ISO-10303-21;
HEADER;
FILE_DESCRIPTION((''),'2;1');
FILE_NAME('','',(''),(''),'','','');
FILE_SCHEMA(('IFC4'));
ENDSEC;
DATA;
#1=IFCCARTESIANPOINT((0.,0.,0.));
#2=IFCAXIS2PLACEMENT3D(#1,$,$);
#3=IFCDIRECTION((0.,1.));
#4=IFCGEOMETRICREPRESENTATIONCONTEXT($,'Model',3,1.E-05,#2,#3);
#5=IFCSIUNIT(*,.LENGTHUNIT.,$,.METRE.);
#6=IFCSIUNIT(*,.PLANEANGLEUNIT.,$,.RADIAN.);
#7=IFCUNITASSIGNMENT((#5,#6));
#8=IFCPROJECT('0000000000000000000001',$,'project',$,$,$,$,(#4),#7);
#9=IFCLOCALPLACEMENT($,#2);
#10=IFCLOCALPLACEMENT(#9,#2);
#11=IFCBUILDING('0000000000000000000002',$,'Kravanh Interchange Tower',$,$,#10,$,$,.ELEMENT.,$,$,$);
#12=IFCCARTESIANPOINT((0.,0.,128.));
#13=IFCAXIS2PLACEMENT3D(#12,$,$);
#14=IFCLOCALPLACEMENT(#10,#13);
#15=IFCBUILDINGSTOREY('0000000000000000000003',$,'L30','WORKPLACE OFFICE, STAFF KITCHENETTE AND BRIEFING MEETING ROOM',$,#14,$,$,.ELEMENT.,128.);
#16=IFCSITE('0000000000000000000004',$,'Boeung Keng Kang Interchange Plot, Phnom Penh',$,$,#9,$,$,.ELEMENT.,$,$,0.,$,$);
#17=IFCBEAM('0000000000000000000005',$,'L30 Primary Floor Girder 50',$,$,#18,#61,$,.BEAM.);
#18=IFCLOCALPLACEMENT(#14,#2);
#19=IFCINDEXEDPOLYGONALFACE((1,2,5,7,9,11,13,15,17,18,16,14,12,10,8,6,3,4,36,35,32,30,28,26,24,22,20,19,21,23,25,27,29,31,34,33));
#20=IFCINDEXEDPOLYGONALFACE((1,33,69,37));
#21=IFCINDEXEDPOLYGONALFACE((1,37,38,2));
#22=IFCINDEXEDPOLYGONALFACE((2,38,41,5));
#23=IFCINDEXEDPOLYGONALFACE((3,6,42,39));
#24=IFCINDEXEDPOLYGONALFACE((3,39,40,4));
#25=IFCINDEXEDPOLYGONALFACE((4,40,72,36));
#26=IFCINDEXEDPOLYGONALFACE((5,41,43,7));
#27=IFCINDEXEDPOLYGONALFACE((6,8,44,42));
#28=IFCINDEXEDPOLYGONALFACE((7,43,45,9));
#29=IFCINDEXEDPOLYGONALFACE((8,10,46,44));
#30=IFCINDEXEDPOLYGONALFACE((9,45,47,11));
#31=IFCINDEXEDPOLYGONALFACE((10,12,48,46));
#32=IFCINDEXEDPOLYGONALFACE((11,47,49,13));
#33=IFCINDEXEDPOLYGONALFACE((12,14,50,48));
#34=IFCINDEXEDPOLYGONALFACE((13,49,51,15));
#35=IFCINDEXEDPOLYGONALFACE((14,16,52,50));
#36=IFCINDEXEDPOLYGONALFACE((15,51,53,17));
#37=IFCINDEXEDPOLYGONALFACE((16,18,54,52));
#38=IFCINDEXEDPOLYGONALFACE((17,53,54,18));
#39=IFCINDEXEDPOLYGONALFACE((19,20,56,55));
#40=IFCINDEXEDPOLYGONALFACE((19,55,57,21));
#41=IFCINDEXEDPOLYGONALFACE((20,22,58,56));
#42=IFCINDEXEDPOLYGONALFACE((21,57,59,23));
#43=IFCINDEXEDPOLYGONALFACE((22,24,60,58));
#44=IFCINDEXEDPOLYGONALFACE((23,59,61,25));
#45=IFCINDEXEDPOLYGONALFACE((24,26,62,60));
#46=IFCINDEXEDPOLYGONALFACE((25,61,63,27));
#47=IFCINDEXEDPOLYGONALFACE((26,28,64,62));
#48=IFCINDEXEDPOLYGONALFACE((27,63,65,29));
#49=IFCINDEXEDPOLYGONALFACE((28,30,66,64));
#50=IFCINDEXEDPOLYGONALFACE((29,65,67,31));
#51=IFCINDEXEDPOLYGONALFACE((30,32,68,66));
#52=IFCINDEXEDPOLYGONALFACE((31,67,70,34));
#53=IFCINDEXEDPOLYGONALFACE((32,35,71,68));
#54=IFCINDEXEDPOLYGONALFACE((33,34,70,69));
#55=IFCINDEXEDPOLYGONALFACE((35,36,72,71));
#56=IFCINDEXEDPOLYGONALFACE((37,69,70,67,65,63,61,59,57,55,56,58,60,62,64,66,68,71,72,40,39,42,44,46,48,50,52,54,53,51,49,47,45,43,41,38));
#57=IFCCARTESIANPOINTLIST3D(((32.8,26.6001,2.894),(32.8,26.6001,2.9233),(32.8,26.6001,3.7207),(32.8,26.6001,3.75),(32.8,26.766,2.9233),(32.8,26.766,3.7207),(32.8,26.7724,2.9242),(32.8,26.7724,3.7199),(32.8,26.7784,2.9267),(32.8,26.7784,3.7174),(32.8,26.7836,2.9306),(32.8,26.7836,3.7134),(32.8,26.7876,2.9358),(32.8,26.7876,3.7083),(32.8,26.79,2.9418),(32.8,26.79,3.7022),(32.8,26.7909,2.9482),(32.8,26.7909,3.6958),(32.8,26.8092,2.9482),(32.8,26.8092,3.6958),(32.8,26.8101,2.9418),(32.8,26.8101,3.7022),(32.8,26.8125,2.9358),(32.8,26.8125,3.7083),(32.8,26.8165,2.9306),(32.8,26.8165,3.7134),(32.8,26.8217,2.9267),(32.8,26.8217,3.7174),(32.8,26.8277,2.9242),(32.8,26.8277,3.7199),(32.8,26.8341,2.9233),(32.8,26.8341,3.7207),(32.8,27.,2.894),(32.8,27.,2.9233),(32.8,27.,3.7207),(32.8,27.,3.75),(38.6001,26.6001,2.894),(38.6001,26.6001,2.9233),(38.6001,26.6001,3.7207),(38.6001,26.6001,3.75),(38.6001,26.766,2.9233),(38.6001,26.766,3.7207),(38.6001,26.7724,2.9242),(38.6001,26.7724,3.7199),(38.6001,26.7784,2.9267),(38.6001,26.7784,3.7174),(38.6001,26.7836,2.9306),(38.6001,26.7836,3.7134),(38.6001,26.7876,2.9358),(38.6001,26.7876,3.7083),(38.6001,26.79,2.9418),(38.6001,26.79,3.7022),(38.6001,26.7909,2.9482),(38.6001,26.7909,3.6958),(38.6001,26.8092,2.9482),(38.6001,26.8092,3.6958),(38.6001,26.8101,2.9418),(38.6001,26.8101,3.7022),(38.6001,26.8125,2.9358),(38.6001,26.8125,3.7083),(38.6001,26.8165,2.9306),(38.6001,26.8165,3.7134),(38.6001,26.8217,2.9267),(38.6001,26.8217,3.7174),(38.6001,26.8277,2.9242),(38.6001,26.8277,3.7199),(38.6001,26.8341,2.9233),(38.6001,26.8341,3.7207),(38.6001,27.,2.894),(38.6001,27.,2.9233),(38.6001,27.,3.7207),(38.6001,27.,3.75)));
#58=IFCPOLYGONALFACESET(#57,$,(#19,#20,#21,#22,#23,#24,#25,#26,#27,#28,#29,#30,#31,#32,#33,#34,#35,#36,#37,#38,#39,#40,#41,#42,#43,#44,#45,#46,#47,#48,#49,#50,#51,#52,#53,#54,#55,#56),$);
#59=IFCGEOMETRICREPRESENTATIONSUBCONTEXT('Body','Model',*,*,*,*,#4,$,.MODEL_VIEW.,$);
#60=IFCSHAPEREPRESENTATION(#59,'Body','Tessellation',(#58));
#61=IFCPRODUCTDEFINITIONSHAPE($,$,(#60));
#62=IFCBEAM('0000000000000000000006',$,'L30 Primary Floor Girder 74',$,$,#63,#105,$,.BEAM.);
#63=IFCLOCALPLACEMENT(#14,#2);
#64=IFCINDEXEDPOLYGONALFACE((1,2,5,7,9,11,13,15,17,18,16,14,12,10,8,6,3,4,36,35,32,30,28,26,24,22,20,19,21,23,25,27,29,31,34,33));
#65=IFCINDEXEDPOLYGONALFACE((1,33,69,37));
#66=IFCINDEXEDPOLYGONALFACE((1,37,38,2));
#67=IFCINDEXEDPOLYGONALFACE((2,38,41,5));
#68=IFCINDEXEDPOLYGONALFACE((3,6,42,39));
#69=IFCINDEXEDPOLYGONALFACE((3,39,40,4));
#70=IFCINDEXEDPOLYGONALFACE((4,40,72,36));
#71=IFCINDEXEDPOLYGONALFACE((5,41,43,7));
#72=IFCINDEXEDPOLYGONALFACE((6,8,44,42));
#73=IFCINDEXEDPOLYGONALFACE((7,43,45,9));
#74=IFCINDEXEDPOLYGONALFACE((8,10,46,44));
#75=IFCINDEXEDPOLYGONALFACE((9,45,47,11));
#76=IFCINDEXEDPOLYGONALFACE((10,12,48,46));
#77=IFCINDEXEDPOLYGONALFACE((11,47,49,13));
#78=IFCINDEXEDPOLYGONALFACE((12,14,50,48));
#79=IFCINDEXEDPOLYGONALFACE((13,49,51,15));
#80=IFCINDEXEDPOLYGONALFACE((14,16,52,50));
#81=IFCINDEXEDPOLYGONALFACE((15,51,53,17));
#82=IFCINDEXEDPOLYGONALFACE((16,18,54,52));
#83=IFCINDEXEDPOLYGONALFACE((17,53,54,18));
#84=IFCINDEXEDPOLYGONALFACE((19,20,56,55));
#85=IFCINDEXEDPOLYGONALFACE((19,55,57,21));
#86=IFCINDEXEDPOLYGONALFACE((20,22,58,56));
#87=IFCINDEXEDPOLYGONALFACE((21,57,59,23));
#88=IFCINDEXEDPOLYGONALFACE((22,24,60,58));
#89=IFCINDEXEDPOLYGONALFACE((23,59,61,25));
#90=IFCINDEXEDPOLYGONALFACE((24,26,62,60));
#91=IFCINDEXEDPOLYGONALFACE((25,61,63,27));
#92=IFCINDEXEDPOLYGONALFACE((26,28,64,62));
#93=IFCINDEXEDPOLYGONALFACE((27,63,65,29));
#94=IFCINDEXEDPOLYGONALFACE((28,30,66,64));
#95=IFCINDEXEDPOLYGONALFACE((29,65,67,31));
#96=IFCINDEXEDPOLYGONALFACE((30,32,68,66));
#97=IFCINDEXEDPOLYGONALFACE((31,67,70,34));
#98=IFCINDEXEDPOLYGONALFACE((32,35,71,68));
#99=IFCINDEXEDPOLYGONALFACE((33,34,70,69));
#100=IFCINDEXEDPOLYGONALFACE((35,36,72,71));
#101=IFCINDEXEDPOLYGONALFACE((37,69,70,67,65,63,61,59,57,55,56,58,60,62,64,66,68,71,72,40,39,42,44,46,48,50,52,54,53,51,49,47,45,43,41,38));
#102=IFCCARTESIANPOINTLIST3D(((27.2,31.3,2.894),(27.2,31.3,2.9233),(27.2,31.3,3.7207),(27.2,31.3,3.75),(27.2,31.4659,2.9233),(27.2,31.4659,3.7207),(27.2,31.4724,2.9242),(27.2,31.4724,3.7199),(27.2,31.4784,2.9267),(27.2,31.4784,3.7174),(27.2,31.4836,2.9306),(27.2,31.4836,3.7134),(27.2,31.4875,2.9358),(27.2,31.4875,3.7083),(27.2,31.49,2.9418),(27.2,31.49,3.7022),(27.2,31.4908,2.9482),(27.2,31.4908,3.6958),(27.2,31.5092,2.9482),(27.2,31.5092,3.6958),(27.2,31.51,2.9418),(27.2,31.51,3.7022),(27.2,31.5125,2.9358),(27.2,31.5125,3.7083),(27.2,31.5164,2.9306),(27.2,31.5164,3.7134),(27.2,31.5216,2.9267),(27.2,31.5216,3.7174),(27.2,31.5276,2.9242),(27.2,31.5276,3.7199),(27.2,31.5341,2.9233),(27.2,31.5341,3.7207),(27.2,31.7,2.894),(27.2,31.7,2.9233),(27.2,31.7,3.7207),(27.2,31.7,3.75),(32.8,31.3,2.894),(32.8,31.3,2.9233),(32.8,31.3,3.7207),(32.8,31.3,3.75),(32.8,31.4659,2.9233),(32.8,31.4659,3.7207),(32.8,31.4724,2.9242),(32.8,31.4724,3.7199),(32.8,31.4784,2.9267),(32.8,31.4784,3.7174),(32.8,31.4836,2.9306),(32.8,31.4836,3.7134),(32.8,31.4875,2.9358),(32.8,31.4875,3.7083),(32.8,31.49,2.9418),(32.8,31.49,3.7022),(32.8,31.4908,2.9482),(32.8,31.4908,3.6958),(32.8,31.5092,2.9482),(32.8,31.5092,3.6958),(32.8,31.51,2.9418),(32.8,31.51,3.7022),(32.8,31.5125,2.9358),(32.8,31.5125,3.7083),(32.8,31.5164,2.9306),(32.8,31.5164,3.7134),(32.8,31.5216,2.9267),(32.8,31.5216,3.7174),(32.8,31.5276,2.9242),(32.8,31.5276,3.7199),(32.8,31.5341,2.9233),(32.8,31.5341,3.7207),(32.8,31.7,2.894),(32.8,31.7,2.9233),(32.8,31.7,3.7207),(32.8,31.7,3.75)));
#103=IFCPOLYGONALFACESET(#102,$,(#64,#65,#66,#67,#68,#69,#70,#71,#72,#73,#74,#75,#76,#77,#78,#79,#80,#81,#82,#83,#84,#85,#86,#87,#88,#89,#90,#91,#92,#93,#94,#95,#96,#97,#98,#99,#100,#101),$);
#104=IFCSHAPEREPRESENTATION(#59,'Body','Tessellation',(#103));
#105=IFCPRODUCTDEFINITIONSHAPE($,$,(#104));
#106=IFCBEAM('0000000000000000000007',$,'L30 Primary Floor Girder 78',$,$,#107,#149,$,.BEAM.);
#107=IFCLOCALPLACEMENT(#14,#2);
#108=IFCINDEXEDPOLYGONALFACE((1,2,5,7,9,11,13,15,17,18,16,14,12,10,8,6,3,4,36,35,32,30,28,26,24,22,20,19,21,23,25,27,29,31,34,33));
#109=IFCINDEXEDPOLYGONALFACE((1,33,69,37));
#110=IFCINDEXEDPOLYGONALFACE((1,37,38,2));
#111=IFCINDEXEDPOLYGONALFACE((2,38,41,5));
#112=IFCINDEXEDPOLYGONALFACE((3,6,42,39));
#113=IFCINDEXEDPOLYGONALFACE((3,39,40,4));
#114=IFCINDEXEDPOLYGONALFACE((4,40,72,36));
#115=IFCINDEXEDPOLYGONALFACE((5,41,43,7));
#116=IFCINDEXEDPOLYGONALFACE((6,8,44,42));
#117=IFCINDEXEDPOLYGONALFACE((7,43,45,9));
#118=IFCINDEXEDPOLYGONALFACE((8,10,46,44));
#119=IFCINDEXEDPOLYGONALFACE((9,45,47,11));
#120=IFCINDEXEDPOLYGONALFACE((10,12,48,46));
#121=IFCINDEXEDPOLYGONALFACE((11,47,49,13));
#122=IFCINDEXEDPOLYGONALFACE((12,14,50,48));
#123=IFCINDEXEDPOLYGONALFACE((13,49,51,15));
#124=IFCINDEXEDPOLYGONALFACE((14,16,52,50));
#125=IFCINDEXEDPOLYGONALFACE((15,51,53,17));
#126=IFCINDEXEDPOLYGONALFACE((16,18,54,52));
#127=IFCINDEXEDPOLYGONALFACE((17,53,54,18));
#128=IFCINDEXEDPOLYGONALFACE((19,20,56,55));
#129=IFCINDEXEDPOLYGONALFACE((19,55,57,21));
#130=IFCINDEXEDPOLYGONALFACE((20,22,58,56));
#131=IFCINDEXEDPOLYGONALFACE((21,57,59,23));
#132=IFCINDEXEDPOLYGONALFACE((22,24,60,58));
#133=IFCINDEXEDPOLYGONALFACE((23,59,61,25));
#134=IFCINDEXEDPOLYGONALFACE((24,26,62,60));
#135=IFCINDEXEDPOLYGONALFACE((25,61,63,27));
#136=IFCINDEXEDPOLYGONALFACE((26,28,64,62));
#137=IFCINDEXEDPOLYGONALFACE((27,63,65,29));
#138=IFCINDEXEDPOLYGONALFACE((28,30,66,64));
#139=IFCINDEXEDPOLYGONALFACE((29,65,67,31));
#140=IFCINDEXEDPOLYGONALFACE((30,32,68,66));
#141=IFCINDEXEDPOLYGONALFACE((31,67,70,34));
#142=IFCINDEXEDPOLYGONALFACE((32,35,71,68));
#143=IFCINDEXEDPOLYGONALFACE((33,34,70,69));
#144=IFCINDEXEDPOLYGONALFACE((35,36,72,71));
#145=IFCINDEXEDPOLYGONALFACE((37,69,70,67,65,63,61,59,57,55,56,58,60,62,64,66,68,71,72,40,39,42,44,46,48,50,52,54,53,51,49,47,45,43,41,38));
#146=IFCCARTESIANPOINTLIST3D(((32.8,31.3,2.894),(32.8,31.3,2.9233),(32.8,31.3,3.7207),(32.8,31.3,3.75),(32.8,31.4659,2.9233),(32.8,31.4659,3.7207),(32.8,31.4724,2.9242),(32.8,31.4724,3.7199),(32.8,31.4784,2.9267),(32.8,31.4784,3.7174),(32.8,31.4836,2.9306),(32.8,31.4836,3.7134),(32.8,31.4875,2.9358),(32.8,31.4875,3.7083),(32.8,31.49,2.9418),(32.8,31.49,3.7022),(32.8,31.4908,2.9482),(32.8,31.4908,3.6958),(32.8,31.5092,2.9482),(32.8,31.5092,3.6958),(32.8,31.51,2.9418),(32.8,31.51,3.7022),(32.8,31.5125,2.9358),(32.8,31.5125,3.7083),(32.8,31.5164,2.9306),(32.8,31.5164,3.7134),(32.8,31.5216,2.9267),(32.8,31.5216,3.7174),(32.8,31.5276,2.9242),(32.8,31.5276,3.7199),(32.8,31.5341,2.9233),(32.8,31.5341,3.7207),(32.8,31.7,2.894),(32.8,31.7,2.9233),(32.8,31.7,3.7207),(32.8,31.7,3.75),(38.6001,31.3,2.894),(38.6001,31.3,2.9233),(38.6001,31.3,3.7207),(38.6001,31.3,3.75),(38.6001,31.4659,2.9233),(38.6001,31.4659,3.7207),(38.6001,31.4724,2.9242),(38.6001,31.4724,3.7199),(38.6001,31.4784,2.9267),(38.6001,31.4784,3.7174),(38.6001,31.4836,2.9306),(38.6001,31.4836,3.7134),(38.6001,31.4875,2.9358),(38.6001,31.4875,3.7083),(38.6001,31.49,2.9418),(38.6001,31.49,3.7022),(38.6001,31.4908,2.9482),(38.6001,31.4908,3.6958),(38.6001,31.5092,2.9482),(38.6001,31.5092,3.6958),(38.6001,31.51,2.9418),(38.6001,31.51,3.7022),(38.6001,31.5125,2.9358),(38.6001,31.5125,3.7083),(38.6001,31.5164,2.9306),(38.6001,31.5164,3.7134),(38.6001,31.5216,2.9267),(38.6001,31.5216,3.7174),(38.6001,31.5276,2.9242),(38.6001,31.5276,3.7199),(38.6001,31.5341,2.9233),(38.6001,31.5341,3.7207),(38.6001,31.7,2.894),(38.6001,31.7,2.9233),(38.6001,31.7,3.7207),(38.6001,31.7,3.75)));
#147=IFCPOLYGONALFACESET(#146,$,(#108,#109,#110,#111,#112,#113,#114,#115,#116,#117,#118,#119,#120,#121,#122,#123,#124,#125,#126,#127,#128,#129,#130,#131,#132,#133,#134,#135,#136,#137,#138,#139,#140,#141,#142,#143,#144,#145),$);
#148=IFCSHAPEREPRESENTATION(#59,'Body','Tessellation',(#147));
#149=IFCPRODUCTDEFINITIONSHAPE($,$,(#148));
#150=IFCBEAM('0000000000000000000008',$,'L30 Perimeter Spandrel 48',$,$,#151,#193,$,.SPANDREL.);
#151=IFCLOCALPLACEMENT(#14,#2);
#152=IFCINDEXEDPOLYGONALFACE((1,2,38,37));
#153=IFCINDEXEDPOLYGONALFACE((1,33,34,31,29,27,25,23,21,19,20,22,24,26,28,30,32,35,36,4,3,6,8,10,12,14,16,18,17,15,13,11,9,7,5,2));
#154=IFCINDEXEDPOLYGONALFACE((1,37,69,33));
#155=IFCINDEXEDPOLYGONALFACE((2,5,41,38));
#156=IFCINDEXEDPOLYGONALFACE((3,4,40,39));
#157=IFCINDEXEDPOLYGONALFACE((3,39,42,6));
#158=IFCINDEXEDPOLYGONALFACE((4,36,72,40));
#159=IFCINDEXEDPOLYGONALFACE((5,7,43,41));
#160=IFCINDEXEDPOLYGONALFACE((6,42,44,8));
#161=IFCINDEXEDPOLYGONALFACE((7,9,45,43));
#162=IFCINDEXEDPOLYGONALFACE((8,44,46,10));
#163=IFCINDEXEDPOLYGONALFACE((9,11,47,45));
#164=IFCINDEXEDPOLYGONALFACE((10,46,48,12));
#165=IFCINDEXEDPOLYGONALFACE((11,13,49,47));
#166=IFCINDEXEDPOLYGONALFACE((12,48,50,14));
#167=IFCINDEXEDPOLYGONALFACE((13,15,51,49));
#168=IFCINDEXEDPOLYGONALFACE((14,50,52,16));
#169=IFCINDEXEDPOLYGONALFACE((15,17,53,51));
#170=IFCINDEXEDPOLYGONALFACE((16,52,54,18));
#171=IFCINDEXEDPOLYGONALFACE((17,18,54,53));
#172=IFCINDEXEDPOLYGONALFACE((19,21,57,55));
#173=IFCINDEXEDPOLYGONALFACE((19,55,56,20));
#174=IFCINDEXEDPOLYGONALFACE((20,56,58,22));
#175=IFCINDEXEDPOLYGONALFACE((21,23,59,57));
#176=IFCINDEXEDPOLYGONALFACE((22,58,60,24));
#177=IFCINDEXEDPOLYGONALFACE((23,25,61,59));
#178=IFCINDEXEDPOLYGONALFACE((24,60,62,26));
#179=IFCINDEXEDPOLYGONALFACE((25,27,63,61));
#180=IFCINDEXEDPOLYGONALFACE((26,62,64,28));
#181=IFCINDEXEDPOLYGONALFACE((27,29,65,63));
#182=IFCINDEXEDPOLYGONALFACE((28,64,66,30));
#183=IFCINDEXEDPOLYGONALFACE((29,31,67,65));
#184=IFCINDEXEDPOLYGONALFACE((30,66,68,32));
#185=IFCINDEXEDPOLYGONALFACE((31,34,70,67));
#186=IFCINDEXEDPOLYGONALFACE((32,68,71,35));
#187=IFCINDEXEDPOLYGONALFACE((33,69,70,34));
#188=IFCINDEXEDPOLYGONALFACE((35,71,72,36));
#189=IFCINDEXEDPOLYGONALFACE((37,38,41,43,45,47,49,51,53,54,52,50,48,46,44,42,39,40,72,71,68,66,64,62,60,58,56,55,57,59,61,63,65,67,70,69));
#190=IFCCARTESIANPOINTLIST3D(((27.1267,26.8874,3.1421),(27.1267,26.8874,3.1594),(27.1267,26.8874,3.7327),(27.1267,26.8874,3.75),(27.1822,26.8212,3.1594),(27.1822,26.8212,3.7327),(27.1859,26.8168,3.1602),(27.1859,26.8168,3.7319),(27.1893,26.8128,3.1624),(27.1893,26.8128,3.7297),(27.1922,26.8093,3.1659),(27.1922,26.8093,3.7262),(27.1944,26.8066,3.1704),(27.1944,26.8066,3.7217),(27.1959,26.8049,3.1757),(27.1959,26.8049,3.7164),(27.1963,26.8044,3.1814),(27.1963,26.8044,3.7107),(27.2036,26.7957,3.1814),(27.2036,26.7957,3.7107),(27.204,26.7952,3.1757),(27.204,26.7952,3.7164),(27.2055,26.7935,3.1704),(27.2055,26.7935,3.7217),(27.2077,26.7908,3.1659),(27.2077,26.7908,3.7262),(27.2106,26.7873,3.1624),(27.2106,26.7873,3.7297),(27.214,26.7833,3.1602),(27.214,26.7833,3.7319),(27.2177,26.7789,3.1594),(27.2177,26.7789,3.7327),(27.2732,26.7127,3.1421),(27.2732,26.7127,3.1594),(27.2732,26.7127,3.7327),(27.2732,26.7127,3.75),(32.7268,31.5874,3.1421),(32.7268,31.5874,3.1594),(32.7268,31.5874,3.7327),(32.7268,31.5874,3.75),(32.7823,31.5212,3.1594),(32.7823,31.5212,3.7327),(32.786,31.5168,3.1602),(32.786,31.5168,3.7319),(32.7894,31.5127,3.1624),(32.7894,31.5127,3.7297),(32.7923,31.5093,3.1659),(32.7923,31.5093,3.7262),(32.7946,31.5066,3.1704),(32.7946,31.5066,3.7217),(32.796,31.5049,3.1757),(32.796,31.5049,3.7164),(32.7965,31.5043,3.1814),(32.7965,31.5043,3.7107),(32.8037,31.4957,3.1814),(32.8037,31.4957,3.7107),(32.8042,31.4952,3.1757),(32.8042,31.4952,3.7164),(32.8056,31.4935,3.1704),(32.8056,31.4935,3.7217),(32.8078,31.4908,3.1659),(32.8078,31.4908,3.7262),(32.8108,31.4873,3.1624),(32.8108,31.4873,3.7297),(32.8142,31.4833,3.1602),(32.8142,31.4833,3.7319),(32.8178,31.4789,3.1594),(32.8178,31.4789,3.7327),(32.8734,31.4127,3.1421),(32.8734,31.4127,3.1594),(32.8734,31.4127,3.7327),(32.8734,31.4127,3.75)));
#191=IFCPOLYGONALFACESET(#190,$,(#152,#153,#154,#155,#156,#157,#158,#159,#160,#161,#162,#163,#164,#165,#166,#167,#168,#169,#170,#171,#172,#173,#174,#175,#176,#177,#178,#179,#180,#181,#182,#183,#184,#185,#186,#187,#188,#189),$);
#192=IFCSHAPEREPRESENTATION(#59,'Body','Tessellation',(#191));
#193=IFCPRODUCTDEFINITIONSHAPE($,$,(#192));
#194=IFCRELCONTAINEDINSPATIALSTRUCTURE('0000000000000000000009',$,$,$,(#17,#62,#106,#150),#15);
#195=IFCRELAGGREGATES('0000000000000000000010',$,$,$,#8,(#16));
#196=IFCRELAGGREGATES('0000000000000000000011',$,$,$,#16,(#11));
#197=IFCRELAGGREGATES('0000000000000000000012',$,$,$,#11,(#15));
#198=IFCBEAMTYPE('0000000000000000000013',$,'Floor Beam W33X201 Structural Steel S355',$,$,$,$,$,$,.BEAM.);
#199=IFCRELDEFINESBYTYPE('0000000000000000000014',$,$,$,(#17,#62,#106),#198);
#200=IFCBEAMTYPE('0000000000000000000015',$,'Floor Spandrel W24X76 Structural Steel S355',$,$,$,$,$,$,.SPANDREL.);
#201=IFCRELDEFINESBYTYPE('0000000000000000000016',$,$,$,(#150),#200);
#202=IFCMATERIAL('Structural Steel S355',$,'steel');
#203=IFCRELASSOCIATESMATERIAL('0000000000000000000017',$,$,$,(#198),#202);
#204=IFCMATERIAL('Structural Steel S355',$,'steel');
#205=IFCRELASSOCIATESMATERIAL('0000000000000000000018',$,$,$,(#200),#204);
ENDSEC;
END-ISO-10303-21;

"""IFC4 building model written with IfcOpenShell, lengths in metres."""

from ifc_helpers import new_model, si_unit, direction, frame, origin, origin_2d, place, context, subcontext, project, spatial, i_section, extrude, material, material_profile, profile_set, type_object, element, save


model = new_model("IFC4")

# Units and contexts
model_context = context("Model", 3, precision=1e-05, world=origin(), true_north=direction((0.0, 1.0)))
body_context = subcontext(model_context, "Body", "Model", "MODEL_VIEW")
ifc_project = project(units=[si_unit("LENGTHUNIT", "METRE"), si_unit("PLANEANGLEUNIT", "RADIAN")], contexts=[model_context])

# Site, building, storey
site_placement = place(None, origin())
site = spatial("IfcSite", under=ifc_project, at=site_placement, Name="Boeung Keng Kang Interchange Plot, Phnom Penh", CompositionType="ELEMENT", RefElevation=0.0)
building_placement = place(site_placement, origin())
building = spatial("IfcBuilding", under=site, at=building_placement, Name="Kravanh Interchange Tower", CompositionType="ELEMENT")
storey_placement = place(building_placement, frame((0.0, 0.0, 128.0)))
storey = spatial("IfcBuildingStorey", under=building, at=storey_placement, Name="L30", Description="WORKPLACE OFFICE, STAFF KITCHENETTE AND BRIEFING MEETING ROOM", CompositionType="ELEMENT", Elevation=128.0)

# Beams
ifc_material_1 = material(Name="Structural Steel S355", Category="steel")
ifc_material_profile_1 = material_profile(ifc_material_1, i_section(OverallWidth=0.3999, OverallDepth=0.856, WebThickness=0.0183, FlangeThickness=0.0293, FilletRadius=0.0249, at=origin_2d()), Name="W33X201")
ifc_profile_set_1 = profile_set([ifc_material_profile_1], Name="Structural Steel S355")
beam_type_1 = type_object("IfcBeamType", Name="Floor Beam W33X201 Structural Steel S355", PredefinedType="BEAM", material=ifc_profile_set_1)
beam_1_placement = place(storey_placement, frame((32.8, 26.8, 3.322), z_axis=(1.0, 0.0, 0.0), x_axis=(0.0, 1.0, 0.0)))
element("IfcBeam", 1, at=beam_1_placement, inside=storey, type_object=beam_type_1, Name="L30 Primary Floor Girder 50", PredefinedType="BEAM", context=body_context, shape_type="SweptSolid", body=[
    extrude(i_section(OverallWidth=0.3999, OverallDepth=0.856, WebThickness=0.0183, FlangeThickness=0.0293, FilletRadius=0.0249, at=origin_2d()), origin(), (0.0, 0.0, 1.0), 5.8),
])
beam_2_placement = place(storey_placement, frame((27.2, 31.5, 3.322), z_axis=(1.0, 0.0, 0.0), x_axis=(0.0, 1.0, 0.0)))
element("IfcBeam", 2, at=beam_2_placement, inside=storey, type_object=beam_type_1, Name="L30 Primary Floor Girder 74", PredefinedType="BEAM", context=body_context, shape_type="SweptSolid", body=[
    extrude(i_section(OverallWidth=0.3999, OverallDepth=0.856, WebThickness=0.0183, FlangeThickness=0.0293, FilletRadius=0.0249, at=origin_2d()), origin(), (0.0, 0.0, 1.0), 5.6001),
])
beam_3_placement = place(storey_placement, frame((32.8, 31.5, 3.322), z_axis=(1.0, 0.0, 0.0), x_axis=(0.0, 1.0, 0.0)))
element("IfcBeam", 3, at=beam_3_placement, inside=storey, type_object=beam_type_1, Name="L30 Primary Floor Girder 78", PredefinedType="BEAM", context=body_context, shape_type="SweptSolid", body=[
    extrude(i_section(OverallWidth=0.3999, OverallDepth=0.856, WebThickness=0.0183, FlangeThickness=0.0293, FilletRadius=0.0249, at=origin_2d()), origin(), (0.0, 0.0, 1.0), 5.8),
])
ifc_material_2 = material(Name="Structural Steel S355", Category="steel")
ifc_material_profile_2 = material_profile(ifc_material_2, i_section(OverallWidth=0.228, OverallDepth=0.6079, WebThickness=0.0112, FlangeThickness=0.0173, FilletRadius=0.022, at=origin_2d()), Name="W24X76")
ifc_profile_set_2 = profile_set([ifc_material_profile_2], Name="Structural Steel S355")
beam_type_2 = type_object("IfcBeamType", Name="Floor Spandrel W24X76 Structural Steel S355", PredefinedType="SPANDREL", material=ifc_profile_set_2)
beam_4_placement = place(storey_placement, frame((27.2, 26.8, 3.446), z_axis=(0.765983, 0.642861, 0.0), x_axis=(-0.642861, 0.765983, 0.0)))
element("IfcBeam", 4, at=beam_4_placement, inside=storey, type_object=beam_type_2, Name="L30 Perimeter Spandrel 48", PredefinedType="SPANDREL", context=body_context, shape_type="SweptSolid", body=[
    extrude(i_section(OverallWidth=0.228, OverallDepth=0.6079, WebThickness=0.0112, FlangeThickness=0.0173, FilletRadius=0.022, at=origin_2d()), origin(), (0.0, 0.0, 1.0), 7.311),
])

save(model, "model.ifc")
